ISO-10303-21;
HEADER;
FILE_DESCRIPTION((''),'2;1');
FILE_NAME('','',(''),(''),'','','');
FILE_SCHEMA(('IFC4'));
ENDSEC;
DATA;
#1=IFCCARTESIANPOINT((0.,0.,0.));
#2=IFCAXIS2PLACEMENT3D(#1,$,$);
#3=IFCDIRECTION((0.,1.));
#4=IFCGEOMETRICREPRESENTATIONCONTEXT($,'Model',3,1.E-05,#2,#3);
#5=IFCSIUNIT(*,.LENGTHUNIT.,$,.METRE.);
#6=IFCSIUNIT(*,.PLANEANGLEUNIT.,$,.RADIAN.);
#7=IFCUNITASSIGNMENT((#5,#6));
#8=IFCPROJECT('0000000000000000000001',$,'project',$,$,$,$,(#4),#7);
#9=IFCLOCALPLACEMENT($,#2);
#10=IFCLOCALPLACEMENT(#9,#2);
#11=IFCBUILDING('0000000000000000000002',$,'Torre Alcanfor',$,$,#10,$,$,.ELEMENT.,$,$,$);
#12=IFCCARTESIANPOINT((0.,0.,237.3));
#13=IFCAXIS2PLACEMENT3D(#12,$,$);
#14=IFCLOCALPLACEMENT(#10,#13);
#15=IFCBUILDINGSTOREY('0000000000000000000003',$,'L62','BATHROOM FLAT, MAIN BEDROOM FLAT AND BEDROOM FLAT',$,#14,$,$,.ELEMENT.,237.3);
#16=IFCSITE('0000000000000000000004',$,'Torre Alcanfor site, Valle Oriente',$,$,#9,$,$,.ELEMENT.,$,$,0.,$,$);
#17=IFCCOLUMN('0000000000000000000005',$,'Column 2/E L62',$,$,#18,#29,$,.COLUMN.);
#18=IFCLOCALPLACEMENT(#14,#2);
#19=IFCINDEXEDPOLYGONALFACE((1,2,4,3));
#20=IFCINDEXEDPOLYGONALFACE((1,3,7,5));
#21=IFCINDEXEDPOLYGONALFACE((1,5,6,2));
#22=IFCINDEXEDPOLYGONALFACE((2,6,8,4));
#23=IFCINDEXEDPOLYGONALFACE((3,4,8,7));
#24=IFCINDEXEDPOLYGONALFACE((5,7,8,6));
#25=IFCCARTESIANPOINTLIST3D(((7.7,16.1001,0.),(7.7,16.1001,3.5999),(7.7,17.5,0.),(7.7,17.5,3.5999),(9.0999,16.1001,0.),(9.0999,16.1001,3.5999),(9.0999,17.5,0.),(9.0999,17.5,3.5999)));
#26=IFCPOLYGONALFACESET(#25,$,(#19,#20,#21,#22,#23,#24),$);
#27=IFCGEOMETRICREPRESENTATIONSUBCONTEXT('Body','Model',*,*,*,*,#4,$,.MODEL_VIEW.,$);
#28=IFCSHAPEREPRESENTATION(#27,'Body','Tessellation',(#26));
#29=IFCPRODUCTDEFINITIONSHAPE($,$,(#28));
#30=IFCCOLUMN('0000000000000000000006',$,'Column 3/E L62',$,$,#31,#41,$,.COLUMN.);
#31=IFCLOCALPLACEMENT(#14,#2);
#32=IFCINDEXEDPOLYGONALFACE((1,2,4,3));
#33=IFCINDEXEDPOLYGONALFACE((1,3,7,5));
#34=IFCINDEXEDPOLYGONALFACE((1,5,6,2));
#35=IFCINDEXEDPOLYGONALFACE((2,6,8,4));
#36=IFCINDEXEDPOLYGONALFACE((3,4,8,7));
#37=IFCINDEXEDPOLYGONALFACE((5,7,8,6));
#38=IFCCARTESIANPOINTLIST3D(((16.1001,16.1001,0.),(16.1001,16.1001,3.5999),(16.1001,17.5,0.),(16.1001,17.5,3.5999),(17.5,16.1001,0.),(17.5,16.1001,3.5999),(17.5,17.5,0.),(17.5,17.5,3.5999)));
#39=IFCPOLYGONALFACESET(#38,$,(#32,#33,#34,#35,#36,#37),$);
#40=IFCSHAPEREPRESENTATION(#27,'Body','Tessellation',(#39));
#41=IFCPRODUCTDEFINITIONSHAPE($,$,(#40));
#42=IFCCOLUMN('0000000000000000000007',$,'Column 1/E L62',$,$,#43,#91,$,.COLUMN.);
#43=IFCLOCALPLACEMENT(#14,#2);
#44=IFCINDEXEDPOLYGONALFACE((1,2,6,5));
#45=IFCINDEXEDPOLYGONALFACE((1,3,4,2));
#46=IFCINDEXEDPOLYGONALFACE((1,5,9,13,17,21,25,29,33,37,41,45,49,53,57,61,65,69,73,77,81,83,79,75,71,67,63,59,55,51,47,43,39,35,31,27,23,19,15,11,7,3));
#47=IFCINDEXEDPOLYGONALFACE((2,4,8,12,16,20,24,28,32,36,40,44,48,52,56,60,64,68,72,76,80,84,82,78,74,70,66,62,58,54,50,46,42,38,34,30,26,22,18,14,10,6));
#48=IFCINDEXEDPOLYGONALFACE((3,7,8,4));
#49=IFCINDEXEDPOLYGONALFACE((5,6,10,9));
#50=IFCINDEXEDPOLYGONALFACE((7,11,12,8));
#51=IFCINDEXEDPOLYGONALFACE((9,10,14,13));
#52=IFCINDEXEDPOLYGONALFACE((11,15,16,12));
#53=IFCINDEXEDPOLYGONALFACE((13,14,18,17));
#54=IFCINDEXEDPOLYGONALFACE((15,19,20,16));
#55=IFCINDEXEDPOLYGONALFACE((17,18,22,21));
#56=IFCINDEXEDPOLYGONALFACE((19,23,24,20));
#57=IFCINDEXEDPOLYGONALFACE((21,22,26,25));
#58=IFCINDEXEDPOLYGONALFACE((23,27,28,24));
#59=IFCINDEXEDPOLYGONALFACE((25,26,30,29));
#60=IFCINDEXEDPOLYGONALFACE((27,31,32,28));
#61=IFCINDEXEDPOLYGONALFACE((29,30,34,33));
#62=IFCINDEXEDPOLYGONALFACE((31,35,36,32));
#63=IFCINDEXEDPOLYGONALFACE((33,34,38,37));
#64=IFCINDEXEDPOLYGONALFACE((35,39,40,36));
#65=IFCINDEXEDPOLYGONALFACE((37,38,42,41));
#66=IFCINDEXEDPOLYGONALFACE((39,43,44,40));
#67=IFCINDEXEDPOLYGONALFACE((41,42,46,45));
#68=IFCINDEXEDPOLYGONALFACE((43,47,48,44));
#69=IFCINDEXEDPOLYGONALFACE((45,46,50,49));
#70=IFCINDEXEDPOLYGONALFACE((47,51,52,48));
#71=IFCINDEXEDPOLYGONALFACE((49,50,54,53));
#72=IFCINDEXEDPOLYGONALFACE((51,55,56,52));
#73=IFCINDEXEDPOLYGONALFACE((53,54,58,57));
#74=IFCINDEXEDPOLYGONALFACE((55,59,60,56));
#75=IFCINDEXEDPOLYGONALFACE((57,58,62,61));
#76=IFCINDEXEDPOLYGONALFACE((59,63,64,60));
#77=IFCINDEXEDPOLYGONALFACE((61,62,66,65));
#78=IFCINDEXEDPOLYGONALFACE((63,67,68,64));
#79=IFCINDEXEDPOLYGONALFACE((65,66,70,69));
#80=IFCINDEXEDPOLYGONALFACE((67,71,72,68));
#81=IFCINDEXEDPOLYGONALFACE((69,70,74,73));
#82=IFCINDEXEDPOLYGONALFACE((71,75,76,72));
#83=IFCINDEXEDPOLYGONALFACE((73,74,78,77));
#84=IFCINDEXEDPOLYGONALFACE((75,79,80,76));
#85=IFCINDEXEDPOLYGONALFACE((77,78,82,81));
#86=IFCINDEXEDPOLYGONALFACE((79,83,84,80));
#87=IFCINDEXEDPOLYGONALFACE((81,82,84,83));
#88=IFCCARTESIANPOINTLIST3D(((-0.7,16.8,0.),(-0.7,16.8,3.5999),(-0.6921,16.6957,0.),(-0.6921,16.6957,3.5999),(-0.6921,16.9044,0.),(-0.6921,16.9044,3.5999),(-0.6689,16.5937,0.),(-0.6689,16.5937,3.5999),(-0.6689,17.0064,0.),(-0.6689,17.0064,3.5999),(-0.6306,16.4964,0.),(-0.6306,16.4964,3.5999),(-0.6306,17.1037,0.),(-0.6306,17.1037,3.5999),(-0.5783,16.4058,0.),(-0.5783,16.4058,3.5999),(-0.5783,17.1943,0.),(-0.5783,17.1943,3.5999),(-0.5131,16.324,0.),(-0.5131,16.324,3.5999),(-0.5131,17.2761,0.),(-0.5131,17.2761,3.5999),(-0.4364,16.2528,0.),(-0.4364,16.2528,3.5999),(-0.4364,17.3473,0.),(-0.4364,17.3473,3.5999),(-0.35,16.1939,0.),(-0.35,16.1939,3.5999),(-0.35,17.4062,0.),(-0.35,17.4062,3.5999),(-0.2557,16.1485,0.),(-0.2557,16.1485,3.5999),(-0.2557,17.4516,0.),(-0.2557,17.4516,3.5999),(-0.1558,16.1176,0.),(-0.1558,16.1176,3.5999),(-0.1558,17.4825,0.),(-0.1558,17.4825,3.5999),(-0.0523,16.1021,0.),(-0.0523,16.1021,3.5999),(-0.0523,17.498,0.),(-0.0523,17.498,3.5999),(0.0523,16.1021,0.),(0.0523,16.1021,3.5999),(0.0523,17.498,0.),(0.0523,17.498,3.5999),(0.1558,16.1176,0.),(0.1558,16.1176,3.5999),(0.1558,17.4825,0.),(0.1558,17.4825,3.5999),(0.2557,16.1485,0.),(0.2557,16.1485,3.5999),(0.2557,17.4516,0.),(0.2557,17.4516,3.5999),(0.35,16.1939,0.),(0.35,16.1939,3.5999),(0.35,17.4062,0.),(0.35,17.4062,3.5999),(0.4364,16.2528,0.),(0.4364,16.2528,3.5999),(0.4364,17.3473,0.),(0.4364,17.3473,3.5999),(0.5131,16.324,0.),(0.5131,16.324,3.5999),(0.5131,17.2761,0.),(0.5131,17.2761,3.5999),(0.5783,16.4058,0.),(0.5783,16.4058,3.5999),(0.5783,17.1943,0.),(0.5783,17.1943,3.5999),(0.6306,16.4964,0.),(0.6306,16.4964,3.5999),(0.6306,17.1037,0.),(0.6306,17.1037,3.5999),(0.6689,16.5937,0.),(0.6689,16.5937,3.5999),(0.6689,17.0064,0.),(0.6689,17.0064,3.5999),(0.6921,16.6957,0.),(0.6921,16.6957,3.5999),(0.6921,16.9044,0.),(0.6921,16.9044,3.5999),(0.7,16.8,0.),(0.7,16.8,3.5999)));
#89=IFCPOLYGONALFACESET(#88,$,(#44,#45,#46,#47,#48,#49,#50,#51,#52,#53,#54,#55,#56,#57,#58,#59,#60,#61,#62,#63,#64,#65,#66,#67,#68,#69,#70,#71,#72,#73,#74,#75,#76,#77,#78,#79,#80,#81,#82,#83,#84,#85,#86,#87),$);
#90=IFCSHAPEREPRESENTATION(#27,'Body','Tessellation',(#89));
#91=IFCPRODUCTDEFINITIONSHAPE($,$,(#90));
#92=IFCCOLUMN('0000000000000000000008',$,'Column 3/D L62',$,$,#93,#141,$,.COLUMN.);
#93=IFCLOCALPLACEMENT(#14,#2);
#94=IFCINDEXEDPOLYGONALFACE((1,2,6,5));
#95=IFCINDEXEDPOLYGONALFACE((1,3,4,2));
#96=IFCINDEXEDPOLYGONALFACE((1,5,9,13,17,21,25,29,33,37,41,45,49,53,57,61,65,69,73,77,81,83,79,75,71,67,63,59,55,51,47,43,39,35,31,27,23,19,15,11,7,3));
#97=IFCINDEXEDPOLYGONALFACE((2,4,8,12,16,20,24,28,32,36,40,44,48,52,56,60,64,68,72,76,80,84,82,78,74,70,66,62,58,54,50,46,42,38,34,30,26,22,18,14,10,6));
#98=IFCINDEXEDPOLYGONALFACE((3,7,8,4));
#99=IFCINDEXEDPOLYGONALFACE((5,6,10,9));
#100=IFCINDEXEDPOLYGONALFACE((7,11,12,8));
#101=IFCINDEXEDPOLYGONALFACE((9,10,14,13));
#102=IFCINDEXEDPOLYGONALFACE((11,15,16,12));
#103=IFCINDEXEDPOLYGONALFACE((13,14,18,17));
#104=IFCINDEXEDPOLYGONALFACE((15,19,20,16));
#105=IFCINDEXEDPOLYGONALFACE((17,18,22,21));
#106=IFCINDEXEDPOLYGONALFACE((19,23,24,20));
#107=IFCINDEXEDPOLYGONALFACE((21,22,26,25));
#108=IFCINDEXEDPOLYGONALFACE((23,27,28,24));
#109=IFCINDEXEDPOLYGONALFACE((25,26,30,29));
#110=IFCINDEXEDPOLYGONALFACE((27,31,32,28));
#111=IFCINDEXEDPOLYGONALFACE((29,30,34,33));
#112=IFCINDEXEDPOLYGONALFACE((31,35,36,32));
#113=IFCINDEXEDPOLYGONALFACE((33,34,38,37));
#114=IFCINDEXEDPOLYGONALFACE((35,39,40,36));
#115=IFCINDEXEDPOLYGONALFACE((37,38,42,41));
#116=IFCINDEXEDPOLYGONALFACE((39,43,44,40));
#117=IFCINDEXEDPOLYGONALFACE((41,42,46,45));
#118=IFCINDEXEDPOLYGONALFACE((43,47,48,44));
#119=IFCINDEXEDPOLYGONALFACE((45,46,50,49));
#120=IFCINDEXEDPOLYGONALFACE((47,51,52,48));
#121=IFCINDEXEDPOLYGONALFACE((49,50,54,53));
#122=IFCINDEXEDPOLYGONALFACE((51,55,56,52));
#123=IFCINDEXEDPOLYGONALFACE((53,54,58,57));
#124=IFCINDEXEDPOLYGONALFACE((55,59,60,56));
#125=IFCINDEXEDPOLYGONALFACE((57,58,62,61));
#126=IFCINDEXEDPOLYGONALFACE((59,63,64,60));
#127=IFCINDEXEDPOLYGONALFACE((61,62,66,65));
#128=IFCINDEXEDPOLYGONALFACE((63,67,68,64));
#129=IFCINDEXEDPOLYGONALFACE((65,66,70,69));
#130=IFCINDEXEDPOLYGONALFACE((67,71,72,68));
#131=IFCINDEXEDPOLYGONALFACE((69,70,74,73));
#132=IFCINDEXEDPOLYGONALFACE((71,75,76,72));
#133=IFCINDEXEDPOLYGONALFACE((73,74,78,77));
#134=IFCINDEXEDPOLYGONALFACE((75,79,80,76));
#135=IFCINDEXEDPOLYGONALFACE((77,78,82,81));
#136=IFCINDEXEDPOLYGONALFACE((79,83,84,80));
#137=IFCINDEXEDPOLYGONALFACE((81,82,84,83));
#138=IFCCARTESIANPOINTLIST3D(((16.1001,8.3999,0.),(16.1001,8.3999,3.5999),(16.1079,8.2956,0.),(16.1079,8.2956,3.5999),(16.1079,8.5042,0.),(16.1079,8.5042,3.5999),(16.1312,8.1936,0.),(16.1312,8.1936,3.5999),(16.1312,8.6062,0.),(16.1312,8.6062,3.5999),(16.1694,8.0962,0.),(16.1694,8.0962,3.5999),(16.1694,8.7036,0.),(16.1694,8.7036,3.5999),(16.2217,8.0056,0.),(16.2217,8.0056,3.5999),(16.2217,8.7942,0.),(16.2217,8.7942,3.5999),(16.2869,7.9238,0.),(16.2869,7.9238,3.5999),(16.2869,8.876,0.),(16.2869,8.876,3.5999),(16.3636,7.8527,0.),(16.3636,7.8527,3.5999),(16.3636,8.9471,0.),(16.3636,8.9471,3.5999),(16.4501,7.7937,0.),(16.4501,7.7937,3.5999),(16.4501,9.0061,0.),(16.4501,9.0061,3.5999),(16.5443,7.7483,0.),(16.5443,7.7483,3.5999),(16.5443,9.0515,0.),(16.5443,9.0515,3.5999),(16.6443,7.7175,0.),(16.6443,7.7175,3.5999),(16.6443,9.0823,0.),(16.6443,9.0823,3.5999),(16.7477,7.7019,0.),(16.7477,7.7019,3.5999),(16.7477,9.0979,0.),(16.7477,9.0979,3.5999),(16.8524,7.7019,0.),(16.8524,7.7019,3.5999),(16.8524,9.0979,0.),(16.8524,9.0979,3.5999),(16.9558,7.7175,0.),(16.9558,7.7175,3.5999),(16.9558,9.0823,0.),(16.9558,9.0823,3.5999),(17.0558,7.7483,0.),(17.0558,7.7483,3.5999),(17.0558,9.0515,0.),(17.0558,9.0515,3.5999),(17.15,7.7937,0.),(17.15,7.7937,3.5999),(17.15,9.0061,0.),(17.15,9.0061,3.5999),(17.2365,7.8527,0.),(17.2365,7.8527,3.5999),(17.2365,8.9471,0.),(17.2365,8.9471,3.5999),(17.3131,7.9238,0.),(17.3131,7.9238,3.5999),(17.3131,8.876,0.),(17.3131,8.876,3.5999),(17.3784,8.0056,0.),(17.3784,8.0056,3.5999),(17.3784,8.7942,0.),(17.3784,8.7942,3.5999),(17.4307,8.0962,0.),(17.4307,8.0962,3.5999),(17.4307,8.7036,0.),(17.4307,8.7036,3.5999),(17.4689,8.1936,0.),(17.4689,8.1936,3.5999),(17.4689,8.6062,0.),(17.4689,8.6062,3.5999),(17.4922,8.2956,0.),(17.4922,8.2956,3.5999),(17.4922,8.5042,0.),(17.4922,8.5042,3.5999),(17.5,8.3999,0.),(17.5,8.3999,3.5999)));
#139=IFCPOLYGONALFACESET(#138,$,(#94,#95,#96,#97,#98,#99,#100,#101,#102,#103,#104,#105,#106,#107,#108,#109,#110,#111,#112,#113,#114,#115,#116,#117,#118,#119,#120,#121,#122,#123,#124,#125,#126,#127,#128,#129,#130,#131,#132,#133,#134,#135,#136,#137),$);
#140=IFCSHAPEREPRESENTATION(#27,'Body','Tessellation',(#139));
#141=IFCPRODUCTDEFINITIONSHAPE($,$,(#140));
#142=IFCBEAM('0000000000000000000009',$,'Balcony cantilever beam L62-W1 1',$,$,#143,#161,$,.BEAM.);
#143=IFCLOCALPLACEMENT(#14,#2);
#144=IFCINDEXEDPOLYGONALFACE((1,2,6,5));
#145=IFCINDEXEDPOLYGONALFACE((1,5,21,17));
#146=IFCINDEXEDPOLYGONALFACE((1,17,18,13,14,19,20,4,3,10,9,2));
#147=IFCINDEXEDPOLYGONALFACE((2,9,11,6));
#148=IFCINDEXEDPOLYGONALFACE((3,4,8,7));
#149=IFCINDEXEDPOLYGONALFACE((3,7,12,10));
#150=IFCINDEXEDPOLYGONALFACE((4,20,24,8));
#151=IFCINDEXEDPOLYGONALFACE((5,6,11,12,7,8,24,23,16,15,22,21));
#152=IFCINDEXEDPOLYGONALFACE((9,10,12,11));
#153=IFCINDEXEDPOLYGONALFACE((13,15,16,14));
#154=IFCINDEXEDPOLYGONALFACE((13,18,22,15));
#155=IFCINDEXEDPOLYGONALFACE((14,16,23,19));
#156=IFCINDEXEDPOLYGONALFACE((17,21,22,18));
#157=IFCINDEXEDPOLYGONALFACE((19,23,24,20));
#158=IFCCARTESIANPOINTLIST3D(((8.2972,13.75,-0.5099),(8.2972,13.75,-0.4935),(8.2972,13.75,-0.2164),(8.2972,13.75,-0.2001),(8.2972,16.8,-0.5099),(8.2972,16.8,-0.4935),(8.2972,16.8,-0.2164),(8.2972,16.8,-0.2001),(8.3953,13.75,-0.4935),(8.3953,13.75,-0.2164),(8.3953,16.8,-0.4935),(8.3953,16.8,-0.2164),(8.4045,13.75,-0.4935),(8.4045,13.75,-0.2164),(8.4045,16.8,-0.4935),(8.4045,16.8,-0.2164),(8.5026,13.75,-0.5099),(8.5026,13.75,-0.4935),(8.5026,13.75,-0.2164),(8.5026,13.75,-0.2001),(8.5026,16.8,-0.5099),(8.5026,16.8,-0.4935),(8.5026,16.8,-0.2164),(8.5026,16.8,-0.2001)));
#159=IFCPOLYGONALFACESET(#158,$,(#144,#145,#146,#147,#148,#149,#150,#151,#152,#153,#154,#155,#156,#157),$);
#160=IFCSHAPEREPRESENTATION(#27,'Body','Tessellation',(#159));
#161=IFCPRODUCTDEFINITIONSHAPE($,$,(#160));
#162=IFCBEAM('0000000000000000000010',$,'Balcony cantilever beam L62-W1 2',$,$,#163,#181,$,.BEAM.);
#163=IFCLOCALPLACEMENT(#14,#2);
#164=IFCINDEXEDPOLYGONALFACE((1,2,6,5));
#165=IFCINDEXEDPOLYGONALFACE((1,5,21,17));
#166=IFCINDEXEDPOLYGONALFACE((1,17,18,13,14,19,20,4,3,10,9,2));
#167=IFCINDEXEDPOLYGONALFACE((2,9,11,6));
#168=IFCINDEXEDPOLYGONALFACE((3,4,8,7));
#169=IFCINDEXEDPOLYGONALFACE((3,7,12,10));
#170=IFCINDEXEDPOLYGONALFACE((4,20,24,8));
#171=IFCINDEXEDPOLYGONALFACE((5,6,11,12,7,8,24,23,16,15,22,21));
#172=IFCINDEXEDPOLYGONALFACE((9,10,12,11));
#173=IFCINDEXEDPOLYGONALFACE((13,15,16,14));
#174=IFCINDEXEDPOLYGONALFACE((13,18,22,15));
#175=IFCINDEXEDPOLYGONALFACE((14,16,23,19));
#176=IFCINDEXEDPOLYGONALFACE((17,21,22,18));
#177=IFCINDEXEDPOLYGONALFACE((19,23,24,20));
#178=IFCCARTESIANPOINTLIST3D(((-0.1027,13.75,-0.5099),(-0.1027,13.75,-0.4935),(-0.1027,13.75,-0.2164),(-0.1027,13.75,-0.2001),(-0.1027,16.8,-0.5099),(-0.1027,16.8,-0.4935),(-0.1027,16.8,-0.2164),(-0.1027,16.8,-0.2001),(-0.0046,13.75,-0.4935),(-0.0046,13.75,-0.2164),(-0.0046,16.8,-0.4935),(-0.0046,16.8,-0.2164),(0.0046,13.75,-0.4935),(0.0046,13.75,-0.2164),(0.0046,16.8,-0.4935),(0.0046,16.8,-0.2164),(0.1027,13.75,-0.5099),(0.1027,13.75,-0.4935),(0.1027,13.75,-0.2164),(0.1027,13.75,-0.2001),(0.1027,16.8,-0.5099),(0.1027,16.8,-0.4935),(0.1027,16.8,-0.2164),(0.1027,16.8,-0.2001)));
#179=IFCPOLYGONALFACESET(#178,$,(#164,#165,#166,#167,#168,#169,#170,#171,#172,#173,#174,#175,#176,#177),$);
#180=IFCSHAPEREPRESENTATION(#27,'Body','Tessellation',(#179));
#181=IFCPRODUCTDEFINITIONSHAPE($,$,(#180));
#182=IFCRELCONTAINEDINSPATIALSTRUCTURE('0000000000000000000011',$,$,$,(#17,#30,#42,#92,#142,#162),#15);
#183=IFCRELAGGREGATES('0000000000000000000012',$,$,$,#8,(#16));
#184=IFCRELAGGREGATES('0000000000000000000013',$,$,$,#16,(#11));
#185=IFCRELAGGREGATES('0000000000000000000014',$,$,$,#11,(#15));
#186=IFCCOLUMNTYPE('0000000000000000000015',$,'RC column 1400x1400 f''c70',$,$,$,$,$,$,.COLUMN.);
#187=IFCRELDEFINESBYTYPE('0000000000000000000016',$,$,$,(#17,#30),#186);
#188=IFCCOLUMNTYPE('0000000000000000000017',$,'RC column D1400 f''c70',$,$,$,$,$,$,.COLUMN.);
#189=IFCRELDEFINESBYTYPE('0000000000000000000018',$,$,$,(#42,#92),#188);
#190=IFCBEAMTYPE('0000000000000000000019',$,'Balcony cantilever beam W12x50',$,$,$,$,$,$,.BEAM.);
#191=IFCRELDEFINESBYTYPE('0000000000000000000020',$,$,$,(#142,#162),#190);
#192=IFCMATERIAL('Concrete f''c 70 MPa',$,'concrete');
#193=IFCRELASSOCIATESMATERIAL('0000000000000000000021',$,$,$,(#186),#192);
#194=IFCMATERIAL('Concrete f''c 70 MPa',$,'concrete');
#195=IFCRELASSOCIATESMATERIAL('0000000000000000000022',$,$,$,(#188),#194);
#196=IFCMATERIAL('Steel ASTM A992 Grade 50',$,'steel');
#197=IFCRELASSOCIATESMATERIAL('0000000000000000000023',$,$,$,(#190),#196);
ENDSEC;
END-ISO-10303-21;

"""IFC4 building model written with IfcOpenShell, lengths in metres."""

from ifc_helpers import new_model, si_unit, direction, frame, origin, origin_2d, place, context, subcontext, project, spatial, rectangle, circle, i_section, extrude, material, material_profile, profile_set, type_object, element, save


model = new_model("IFC4")

# Units and contexts
model_context = context("Model", 3, precision=1e-05, world=origin(), true_north=direction((0.0, 1.0)))
body_context = subcontext(model_context, "Body", "Model", "MODEL_VIEW")
ifc_project = project(units=[si_unit("LENGTHUNIT", "METRE"), si_unit("PLANEANGLEUNIT", "RADIAN")], contexts=[model_context])

# Site, building, storey
site_placement = place(None, origin())
site = spatial("IfcSite", under=ifc_project, at=site_placement, Name="Torre Alcanfor site, Valle Oriente", CompositionType="ELEMENT", RefElevation=0.0)
building_placement = place(site_placement, origin())
building = spatial("IfcBuilding", under=site, at=building_placement, Name="Torre Alcanfor", CompositionType="ELEMENT")
storey_placement = place(building_placement, frame((0.0, 0.0, 237.3)))
storey = spatial("IfcBuildingStorey", under=building, at=storey_placement, Name="L62", Description="BATHROOM FLAT, MAIN BEDROOM FLAT AND BEDROOM FLAT", CompositionType="ELEMENT", Elevation=237.3)

# Columns
ifc_material_1 = material(Name="Concrete f'c 70 MPa", Category="concrete")
ifc_material_profile_1 = material_profile(ifc_material_1, rectangle(XDim=1.3999, YDim=1.3999, at=origin_2d()), Name="1400x1400")
ifc_profile_set_1 = profile_set([ifc_material_profile_1], Name="Concrete f'c 70 MPa")
column_type_1 = type_object("IfcColumnType", Name="RC column 1400x1400 f'c70", PredefinedType="COLUMN", material=ifc_profile_set_1)
for number, where, z_axis, x_axis, name in (
    (1, (8.3999, 16.8, 0.0), (0.0, 0.0, 1.0), (1.0, 0.0, 0.0), "Column 2/E L62"),
    (2, (16.8, 16.8, 0.0), (0.0, 0.0, 1.0), (1.0, 0.0, 0.0), "Column 3/E L62"),
):
    element("IfcColumn", number, at=place(storey_placement, frame(where, z_axis=z_axis, x_axis=x_axis)), inside=storey, type_object=column_type_1, Name=name, PredefinedType="COLUMN", context=body_context, shape_type="SweptSolid", body=[
        extrude(rectangle(XDim=1.3999, YDim=1.3999, at=origin_2d()), origin(), (0.0, 0.0, 1.0), 3.5999),
    ])
ifc_material_2 = material(Name="Concrete f'c 70 MPa", Category="concrete")
ifc_material_profile_2 = material_profile(ifc_material_2, circle(Radius=0.7, at=origin_2d()), Name="D1400")
ifc_profile_set_2 = profile_set([ifc_material_profile_2], Name="Concrete f'c 70 MPa")
column_type_2 = type_object("IfcColumnType", Name="RC column D1400 f'c70", PredefinedType="COLUMN", material=ifc_profile_set_2)
for number, where, z_axis, x_axis, name in (
    (3, (0.0, 16.8, 0.0), (0.0, 0.0, 1.0), (1.0, 0.0, 0.0), "Column 1/E L62"),
    (4, (16.8, 8.3999, 0.0), (0.0, 0.0, 1.0), (1.0, 0.0, 0.0), "Column 3/D L62"),
):
    element("IfcColumn", number, at=place(storey_placement, frame(where, z_axis=z_axis, x_axis=x_axis)), inside=storey, type_object=column_type_2, Name=name, PredefinedType="COLUMN", context=body_context, shape_type="SweptSolid", body=[
        extrude(circle(Radius=0.7, at=origin_2d()), origin(), (0.0, 0.0, 1.0), 3.5999),
    ])

# Beams
ifc_material_3 = material(Name="Steel ASTM A992 Grade 50", Category="steel")
ifc_material_profile_3 = material_profile(ifc_material_3, i_section(OverallWidth=0.2053, OverallDepth=0.3098, WebThickness=0.0093, FlangeThickness=0.0164, at=origin_2d()), Name="W12x50")
ifc_profile_set_3 = profile_set([ifc_material_profile_3], Name="Steel ASTM A992 Grade 50")
beam_type_1 = type_object("IfcBeamType", Name="Balcony cantilever beam W12x50", PredefinedType="BEAM", material=ifc_profile_set_3)
for number, where, z_axis, x_axis, name in (
    (5, (8.3999, 16.8, -0.355), (0.0, -1.0, 0.0), (1.0, 0.0, 0.0), "Balcony cantilever beam L62-W1 1"),
    (6, (0.0, 16.8, -0.355), (0.0, -1.0, 0.0), (1.0, 0.0, 0.0), "Balcony cantilever beam L62-W1 2"),
):
    element("IfcBeam", number, at=place(storey_placement, frame(where, z_axis=z_axis, x_axis=x_axis)), inside=storey, type_object=beam_type_1, Name=name, PredefinedType="BEAM", context=body_context, shape_type="SweptSolid", body=[
        extrude(i_section(OverallWidth=0.2053, OverallDepth=0.3098, WebThickness=0.0093, FlangeThickness=0.0164, at=origin_2d()), origin(), (0.0, 0.0, 1.0), 3.05),
    ])

save(model, "model.ifc")
